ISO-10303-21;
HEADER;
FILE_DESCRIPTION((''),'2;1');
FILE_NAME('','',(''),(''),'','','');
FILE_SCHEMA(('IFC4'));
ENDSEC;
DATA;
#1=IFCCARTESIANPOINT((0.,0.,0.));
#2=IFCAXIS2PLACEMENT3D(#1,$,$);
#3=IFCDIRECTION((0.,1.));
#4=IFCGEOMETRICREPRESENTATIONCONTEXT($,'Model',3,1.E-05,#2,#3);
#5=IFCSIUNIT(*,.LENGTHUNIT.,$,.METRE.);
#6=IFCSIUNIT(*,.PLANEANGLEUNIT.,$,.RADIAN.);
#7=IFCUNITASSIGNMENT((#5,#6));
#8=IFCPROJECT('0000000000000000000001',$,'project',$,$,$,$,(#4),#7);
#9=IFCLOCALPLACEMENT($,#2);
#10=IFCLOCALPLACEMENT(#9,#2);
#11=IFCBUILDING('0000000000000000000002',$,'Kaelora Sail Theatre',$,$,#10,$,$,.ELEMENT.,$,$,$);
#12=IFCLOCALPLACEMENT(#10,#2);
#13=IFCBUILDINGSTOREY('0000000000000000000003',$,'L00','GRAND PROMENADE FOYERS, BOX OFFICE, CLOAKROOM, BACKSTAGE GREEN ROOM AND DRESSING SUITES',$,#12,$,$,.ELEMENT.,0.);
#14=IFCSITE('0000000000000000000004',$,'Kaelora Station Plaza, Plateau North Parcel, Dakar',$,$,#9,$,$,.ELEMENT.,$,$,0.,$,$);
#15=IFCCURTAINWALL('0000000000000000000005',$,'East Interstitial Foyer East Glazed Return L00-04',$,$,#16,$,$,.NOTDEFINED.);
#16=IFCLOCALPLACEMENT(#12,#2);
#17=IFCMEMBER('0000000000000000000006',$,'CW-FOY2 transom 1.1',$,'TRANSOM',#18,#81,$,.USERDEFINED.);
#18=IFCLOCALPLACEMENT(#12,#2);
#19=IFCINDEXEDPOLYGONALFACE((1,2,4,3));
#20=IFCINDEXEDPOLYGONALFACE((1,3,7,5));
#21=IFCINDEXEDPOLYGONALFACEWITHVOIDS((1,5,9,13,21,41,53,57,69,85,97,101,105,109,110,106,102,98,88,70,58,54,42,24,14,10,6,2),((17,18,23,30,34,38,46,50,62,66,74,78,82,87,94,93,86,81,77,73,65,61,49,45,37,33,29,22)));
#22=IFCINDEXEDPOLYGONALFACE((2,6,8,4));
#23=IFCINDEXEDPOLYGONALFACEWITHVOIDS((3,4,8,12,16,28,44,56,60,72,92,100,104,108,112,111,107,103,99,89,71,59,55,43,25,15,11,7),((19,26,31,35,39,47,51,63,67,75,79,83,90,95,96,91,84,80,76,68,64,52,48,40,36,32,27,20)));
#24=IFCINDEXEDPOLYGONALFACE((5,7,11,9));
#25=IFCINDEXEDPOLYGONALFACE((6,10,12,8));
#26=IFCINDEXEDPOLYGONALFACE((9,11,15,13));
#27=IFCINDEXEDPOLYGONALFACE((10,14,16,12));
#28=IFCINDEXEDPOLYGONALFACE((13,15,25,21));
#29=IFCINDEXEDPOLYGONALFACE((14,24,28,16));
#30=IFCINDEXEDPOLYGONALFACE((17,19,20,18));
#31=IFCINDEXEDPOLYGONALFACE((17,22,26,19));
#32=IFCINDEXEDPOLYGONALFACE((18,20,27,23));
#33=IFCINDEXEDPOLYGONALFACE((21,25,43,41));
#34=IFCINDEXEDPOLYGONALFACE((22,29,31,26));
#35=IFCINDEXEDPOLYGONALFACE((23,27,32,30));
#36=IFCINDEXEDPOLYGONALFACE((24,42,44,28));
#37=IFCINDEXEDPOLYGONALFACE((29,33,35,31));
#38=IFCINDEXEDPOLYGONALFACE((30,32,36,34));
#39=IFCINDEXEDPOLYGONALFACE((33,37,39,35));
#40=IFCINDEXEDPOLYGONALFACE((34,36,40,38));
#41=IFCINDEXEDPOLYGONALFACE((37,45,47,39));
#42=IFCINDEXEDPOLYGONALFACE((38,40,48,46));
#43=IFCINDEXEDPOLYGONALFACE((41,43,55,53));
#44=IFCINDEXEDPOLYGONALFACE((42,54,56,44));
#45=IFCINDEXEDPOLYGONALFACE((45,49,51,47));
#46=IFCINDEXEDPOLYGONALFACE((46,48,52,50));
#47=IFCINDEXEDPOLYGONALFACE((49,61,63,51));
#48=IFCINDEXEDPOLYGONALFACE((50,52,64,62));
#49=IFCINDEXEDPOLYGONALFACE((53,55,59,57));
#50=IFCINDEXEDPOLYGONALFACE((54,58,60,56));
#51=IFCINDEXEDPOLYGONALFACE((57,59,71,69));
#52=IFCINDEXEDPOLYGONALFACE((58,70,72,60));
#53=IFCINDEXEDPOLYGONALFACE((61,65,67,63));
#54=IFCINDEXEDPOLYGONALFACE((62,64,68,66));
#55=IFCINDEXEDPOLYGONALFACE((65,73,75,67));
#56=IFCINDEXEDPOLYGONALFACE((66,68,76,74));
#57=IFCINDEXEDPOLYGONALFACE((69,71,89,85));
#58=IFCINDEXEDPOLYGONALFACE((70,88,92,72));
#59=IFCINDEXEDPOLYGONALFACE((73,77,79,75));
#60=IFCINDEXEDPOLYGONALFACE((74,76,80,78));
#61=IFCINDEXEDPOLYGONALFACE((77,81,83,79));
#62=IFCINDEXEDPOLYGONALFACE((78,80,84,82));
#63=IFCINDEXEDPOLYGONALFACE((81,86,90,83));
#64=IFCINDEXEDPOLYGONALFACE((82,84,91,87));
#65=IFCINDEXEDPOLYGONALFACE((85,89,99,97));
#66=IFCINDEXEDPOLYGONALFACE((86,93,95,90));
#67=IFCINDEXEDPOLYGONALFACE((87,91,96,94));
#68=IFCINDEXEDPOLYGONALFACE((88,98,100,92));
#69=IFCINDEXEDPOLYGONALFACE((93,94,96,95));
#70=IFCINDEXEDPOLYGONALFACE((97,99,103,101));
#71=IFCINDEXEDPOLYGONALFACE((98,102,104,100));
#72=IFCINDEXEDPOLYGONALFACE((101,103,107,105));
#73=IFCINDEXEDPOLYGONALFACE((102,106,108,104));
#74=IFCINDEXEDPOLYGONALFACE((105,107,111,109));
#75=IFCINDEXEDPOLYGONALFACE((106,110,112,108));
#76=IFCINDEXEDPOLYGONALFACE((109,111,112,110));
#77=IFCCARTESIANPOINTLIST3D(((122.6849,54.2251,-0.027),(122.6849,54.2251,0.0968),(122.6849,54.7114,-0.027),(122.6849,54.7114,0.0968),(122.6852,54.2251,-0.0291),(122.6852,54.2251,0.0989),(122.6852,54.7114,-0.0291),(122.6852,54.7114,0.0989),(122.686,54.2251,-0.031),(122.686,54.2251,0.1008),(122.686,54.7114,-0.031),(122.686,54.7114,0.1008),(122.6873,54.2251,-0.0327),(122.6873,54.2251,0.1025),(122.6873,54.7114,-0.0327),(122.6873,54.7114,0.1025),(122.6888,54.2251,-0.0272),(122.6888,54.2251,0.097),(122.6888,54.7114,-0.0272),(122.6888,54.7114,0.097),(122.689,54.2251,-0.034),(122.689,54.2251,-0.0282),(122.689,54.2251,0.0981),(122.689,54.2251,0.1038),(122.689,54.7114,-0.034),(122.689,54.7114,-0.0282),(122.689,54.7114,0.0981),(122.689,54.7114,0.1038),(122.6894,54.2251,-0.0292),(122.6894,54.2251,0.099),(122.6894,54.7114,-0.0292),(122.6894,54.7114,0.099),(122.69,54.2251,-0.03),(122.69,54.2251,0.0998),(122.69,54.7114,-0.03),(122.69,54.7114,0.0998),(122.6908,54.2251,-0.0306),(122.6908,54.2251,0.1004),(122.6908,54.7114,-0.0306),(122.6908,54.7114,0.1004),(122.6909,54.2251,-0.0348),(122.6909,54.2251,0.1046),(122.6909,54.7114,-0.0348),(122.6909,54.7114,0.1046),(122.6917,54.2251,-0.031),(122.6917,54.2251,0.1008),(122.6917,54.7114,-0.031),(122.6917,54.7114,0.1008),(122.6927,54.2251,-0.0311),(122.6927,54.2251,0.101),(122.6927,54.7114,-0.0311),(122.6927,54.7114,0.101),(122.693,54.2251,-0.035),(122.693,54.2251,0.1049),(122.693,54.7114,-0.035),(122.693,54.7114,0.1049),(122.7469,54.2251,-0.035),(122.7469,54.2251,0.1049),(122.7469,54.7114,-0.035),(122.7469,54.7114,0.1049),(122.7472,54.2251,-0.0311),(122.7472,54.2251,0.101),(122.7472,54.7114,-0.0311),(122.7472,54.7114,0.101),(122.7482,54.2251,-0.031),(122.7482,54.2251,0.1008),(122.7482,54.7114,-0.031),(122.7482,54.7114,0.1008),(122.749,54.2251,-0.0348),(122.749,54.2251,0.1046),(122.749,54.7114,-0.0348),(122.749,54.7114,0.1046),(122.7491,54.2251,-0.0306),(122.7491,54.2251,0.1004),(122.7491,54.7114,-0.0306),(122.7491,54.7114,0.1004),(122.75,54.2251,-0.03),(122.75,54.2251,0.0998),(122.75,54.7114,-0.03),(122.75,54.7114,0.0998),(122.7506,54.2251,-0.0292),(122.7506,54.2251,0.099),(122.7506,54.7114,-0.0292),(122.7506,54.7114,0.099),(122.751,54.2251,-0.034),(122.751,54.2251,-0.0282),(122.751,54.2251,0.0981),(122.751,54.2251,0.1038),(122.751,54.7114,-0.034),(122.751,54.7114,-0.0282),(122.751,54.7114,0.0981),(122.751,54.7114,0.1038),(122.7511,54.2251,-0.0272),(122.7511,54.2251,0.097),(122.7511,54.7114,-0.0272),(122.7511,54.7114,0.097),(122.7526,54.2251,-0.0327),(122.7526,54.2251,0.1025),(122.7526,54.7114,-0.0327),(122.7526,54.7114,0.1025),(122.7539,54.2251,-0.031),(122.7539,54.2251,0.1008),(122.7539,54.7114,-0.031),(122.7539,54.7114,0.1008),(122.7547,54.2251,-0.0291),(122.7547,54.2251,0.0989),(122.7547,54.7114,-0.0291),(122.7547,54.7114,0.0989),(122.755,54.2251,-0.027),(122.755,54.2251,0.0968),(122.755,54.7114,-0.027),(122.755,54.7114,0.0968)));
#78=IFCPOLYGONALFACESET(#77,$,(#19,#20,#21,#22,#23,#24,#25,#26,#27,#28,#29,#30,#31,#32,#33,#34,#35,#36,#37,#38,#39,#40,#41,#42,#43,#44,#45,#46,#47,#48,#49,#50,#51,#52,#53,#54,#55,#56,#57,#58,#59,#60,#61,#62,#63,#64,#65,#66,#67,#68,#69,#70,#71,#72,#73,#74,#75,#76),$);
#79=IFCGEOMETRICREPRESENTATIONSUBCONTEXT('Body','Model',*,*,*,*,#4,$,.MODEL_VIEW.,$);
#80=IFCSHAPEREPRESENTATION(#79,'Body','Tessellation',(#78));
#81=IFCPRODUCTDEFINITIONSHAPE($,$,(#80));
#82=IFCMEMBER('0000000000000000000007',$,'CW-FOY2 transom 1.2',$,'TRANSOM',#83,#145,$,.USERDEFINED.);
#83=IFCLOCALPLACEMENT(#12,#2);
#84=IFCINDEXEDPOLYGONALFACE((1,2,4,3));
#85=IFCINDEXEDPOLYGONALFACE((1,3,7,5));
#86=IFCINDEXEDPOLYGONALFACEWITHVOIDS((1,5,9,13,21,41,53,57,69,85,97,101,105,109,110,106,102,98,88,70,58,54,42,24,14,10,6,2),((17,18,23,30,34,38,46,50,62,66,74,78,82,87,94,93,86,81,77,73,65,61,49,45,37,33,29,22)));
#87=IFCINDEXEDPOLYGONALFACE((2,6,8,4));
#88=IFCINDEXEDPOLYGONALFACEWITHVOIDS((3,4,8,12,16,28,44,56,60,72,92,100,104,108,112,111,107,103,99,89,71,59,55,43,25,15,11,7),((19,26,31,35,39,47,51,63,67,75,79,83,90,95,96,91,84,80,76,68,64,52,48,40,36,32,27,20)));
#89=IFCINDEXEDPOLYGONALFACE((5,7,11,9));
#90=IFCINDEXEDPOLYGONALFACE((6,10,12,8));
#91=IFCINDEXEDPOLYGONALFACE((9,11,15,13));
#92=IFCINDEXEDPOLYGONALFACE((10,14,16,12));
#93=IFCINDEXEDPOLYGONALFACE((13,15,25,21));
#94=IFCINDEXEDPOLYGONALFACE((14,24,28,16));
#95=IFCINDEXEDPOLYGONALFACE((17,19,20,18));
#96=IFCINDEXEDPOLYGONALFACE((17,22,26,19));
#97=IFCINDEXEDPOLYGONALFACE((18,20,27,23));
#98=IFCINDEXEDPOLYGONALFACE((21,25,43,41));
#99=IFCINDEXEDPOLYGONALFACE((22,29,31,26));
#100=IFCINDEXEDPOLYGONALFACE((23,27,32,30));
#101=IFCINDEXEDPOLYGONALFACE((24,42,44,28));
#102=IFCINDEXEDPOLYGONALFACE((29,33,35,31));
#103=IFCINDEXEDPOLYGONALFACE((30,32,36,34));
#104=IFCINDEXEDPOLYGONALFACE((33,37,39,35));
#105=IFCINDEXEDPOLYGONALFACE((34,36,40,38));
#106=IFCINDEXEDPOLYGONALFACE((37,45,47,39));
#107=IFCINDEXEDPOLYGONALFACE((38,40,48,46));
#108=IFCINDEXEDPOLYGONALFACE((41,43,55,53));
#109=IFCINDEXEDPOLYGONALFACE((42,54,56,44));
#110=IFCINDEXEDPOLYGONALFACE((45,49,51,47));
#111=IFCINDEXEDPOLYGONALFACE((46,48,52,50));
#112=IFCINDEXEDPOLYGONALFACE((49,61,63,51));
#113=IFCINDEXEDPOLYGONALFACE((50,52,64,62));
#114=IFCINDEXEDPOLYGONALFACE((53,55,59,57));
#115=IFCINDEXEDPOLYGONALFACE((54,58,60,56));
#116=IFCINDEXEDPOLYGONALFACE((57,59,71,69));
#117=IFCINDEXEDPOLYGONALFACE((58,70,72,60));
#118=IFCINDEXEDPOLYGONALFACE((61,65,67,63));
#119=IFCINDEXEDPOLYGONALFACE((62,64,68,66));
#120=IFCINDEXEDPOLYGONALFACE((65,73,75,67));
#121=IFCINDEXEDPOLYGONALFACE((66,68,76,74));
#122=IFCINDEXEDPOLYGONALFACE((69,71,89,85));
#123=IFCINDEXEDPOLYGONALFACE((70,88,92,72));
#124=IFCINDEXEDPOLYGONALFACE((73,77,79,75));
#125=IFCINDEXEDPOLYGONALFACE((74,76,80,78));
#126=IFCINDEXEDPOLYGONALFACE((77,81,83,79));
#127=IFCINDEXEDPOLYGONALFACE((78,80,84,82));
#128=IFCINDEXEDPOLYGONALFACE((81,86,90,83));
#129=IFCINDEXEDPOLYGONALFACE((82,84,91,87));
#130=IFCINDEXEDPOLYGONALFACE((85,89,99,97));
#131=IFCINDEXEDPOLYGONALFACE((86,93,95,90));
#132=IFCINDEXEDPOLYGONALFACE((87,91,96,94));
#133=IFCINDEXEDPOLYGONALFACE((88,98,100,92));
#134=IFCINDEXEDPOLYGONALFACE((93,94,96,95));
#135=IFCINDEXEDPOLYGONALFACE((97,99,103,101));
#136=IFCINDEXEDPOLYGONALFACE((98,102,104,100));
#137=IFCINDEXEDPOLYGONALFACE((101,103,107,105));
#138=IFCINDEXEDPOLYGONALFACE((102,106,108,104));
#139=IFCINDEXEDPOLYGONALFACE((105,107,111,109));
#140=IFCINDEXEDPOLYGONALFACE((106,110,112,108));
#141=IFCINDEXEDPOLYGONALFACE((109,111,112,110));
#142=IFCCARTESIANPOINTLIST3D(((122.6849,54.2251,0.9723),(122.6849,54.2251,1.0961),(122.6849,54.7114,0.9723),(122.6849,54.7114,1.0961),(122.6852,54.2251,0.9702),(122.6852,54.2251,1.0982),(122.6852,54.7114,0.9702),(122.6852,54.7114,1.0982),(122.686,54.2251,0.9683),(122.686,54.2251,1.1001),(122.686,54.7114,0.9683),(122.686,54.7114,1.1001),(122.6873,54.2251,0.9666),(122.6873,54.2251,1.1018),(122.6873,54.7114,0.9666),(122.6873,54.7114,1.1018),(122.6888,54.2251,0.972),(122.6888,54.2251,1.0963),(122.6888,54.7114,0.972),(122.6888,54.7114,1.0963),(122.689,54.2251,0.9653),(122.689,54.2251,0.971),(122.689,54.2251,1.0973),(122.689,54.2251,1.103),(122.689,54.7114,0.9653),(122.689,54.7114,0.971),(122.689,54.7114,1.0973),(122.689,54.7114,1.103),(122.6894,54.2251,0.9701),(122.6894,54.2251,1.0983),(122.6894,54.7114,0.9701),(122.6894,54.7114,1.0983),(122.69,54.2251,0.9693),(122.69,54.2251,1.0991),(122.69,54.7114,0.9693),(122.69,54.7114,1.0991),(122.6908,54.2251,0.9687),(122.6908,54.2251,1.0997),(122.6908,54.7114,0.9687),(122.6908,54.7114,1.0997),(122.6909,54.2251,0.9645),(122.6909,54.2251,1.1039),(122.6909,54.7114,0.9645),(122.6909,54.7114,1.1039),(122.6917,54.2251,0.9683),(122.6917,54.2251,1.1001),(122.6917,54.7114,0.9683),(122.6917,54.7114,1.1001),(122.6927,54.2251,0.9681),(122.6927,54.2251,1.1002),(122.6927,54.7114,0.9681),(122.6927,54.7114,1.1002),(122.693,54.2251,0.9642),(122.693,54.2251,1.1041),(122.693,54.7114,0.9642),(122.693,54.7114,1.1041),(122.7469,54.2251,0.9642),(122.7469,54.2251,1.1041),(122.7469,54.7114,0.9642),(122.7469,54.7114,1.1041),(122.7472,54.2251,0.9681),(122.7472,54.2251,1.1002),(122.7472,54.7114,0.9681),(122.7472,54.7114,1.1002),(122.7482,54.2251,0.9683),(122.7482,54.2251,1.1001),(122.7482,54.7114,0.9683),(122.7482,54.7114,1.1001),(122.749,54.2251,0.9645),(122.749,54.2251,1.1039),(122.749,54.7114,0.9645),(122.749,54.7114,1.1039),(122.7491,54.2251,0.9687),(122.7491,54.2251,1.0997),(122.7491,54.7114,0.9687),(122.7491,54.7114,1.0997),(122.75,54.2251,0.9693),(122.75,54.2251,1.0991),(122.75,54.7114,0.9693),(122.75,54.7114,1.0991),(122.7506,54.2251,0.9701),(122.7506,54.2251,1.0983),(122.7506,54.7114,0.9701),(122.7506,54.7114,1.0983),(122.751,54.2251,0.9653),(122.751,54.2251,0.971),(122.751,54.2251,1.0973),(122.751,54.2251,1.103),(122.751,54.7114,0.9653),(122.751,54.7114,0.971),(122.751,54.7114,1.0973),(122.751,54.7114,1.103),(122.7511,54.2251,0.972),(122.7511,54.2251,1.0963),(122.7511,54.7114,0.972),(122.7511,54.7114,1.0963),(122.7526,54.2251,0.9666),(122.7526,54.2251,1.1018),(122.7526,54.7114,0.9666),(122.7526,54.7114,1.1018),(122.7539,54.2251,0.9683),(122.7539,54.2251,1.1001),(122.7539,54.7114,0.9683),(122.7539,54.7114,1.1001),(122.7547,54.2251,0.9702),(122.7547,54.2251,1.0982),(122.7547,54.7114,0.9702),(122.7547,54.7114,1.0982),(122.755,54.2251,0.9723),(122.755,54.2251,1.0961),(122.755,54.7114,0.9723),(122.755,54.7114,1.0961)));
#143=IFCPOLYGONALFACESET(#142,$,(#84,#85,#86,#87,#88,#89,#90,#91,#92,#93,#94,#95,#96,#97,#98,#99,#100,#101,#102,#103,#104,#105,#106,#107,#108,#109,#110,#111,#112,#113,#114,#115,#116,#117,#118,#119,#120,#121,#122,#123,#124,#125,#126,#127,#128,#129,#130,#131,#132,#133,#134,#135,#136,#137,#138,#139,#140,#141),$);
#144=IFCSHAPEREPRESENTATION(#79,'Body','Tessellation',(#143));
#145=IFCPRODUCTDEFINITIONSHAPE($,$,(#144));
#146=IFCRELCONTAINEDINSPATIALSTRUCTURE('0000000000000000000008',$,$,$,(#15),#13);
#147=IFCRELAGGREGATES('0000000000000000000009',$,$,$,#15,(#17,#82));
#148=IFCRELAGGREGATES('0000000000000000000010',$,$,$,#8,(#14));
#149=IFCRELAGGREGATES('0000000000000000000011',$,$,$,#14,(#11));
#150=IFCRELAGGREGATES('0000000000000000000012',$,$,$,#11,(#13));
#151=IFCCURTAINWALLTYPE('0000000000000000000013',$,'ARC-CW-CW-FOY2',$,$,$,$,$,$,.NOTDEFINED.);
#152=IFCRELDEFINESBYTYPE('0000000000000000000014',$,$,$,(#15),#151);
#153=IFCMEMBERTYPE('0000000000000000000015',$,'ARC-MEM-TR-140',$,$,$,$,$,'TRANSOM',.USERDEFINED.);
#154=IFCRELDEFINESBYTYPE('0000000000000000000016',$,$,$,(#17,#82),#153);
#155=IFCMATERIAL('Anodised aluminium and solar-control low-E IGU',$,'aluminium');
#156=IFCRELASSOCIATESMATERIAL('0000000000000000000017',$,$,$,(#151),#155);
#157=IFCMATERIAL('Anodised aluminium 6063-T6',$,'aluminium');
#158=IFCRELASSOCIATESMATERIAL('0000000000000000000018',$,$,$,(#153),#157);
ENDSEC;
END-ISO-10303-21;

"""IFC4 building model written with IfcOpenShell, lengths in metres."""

from ifc_helpers import new_model, si_unit, direction, frame, origin, origin_2d, place, context, subcontext, project, spatial, hollow_rectangle, extrude, material, material_profile, profile_set, type_object, element, aggregate, save


model = new_model("IFC4")

# Units and contexts
model_context = context("Model", 3, precision=1e-05, world=origin(), true_north=direction((0.0, 1.0)))
body_context = subcontext(model_context, "Body", "Model", "MODEL_VIEW")
ifc_project = project(units=[si_unit("LENGTHUNIT", "METRE"), si_unit("PLANEANGLEUNIT", "RADIAN")], contexts=[model_context])

# Site, building, storey
site_placement = place(None, origin())
site = spatial("IfcSite", under=ifc_project, at=site_placement, Name="Kaelora Station Plaza, Plateau North Parcel, Dakar", CompositionType="ELEMENT", RefElevation=0.0)
building_placement = place(site_placement, origin())
building = spatial("IfcBuilding", under=site, at=building_placement, Name="Kaelora Sail Theatre", CompositionType="ELEMENT")
storey_placement = place(building_placement, origin())
storey = spatial("IfcBuildingStorey", under=building, at=storey_placement, Name="L00", Description="GRAND PROMENADE FOYERS, BOX OFFICE, CLOAKROOM, BACKSTAGE GREEN ROOM AND DRESSING SUITES", CompositionType="ELEMENT", Elevation=0.0)

# Shared definitions
ifc_material_1 = material(Name="Anodised aluminium and solar-control low-E IGU", Category="aluminium")
curtain_wall_type = type_object("IfcCurtainWallType", Name="ARC-CW-CW-FOY2", PredefinedType="NOTDEFINED", material=ifc_material_1)

# Curtain wall
curtain_wall_1_placement = place(storey_placement, origin())
curtain_wall_1 = element("IfcCurtainWall", 1, at=curtain_wall_1_placement, inside=storey, type_object=curtain_wall_type, Name="East Interstitial Foyer East Glazed Return L00-04", PredefinedType="NOTDEFINED")

# Members
ifc_material_2 = material(Name="Anodised aluminium 6063-T6", Category="aluminium")
ifc_material_profile_1 = material_profile(ifc_material_2, hollow_rectangle(XDim=0.0701, YDim=0.1399, WallThickness=0.0039, InnerFilletRadius=0.0039, OuterFilletRadius=0.0081, at=origin_2d()), Name="ALU-TRAN 70x140x4")
ifc_profile_set_1 = profile_set([ifc_material_profile_1], Name="Anodised aluminium 6063-T6")
member_type_1 = type_object("IfcMemberType", Name="ARC-MEM-TR-140", ElementType="TRANSOM", PredefinedType="USERDEFINED", material=ifc_profile_set_1)
member_1_placement = place(storey_placement, frame((122.72, 54.2251, 0.0349), z_axis=(0.0, 1.0, 0.0), x_axis=(-1.0, 0.0, 0.0)))
member_1 = element("IfcMember", 2, at=member_1_placement, type_object=member_type_1, Name="CW-FOY2 transom 1.1", ObjectType="TRANSOM", PredefinedType="USERDEFINED", context=body_context, shape_type="SweptSolid", body=[
    extrude(hollow_rectangle(XDim=0.0701, YDim=0.1399, WallThickness=0.0039, InnerFilletRadius=0.0039, OuterFilletRadius=0.0081, at=origin_2d()), origin(), (0.0, 0.0, 1.0), 0.4863),
])
member_2_placement = place(storey_placement, frame((122.72, 54.2251, 1.0342), z_axis=(0.0, 1.0, 0.0), x_axis=(-1.0, 0.0, 0.0)))
member_2 = element("IfcMember", 3, at=member_2_placement, type_object=member_type_1, Name="CW-FOY2 transom 1.2", ObjectType="TRANSOM", PredefinedType="USERDEFINED", context=body_context, shape_type="SweptSolid", body=[
    extrude(hollow_rectangle(XDim=0.0701, YDim=0.1399, WallThickness=0.0039, InnerFilletRadius=0.0039, OuterFilletRadius=0.0081, at=origin_2d()), origin(), (0.0, 0.0, 1.0), 0.4863),
])

aggregate(curtain_wall_1, [member_1, member_2])

save(model, "model.ifc")
